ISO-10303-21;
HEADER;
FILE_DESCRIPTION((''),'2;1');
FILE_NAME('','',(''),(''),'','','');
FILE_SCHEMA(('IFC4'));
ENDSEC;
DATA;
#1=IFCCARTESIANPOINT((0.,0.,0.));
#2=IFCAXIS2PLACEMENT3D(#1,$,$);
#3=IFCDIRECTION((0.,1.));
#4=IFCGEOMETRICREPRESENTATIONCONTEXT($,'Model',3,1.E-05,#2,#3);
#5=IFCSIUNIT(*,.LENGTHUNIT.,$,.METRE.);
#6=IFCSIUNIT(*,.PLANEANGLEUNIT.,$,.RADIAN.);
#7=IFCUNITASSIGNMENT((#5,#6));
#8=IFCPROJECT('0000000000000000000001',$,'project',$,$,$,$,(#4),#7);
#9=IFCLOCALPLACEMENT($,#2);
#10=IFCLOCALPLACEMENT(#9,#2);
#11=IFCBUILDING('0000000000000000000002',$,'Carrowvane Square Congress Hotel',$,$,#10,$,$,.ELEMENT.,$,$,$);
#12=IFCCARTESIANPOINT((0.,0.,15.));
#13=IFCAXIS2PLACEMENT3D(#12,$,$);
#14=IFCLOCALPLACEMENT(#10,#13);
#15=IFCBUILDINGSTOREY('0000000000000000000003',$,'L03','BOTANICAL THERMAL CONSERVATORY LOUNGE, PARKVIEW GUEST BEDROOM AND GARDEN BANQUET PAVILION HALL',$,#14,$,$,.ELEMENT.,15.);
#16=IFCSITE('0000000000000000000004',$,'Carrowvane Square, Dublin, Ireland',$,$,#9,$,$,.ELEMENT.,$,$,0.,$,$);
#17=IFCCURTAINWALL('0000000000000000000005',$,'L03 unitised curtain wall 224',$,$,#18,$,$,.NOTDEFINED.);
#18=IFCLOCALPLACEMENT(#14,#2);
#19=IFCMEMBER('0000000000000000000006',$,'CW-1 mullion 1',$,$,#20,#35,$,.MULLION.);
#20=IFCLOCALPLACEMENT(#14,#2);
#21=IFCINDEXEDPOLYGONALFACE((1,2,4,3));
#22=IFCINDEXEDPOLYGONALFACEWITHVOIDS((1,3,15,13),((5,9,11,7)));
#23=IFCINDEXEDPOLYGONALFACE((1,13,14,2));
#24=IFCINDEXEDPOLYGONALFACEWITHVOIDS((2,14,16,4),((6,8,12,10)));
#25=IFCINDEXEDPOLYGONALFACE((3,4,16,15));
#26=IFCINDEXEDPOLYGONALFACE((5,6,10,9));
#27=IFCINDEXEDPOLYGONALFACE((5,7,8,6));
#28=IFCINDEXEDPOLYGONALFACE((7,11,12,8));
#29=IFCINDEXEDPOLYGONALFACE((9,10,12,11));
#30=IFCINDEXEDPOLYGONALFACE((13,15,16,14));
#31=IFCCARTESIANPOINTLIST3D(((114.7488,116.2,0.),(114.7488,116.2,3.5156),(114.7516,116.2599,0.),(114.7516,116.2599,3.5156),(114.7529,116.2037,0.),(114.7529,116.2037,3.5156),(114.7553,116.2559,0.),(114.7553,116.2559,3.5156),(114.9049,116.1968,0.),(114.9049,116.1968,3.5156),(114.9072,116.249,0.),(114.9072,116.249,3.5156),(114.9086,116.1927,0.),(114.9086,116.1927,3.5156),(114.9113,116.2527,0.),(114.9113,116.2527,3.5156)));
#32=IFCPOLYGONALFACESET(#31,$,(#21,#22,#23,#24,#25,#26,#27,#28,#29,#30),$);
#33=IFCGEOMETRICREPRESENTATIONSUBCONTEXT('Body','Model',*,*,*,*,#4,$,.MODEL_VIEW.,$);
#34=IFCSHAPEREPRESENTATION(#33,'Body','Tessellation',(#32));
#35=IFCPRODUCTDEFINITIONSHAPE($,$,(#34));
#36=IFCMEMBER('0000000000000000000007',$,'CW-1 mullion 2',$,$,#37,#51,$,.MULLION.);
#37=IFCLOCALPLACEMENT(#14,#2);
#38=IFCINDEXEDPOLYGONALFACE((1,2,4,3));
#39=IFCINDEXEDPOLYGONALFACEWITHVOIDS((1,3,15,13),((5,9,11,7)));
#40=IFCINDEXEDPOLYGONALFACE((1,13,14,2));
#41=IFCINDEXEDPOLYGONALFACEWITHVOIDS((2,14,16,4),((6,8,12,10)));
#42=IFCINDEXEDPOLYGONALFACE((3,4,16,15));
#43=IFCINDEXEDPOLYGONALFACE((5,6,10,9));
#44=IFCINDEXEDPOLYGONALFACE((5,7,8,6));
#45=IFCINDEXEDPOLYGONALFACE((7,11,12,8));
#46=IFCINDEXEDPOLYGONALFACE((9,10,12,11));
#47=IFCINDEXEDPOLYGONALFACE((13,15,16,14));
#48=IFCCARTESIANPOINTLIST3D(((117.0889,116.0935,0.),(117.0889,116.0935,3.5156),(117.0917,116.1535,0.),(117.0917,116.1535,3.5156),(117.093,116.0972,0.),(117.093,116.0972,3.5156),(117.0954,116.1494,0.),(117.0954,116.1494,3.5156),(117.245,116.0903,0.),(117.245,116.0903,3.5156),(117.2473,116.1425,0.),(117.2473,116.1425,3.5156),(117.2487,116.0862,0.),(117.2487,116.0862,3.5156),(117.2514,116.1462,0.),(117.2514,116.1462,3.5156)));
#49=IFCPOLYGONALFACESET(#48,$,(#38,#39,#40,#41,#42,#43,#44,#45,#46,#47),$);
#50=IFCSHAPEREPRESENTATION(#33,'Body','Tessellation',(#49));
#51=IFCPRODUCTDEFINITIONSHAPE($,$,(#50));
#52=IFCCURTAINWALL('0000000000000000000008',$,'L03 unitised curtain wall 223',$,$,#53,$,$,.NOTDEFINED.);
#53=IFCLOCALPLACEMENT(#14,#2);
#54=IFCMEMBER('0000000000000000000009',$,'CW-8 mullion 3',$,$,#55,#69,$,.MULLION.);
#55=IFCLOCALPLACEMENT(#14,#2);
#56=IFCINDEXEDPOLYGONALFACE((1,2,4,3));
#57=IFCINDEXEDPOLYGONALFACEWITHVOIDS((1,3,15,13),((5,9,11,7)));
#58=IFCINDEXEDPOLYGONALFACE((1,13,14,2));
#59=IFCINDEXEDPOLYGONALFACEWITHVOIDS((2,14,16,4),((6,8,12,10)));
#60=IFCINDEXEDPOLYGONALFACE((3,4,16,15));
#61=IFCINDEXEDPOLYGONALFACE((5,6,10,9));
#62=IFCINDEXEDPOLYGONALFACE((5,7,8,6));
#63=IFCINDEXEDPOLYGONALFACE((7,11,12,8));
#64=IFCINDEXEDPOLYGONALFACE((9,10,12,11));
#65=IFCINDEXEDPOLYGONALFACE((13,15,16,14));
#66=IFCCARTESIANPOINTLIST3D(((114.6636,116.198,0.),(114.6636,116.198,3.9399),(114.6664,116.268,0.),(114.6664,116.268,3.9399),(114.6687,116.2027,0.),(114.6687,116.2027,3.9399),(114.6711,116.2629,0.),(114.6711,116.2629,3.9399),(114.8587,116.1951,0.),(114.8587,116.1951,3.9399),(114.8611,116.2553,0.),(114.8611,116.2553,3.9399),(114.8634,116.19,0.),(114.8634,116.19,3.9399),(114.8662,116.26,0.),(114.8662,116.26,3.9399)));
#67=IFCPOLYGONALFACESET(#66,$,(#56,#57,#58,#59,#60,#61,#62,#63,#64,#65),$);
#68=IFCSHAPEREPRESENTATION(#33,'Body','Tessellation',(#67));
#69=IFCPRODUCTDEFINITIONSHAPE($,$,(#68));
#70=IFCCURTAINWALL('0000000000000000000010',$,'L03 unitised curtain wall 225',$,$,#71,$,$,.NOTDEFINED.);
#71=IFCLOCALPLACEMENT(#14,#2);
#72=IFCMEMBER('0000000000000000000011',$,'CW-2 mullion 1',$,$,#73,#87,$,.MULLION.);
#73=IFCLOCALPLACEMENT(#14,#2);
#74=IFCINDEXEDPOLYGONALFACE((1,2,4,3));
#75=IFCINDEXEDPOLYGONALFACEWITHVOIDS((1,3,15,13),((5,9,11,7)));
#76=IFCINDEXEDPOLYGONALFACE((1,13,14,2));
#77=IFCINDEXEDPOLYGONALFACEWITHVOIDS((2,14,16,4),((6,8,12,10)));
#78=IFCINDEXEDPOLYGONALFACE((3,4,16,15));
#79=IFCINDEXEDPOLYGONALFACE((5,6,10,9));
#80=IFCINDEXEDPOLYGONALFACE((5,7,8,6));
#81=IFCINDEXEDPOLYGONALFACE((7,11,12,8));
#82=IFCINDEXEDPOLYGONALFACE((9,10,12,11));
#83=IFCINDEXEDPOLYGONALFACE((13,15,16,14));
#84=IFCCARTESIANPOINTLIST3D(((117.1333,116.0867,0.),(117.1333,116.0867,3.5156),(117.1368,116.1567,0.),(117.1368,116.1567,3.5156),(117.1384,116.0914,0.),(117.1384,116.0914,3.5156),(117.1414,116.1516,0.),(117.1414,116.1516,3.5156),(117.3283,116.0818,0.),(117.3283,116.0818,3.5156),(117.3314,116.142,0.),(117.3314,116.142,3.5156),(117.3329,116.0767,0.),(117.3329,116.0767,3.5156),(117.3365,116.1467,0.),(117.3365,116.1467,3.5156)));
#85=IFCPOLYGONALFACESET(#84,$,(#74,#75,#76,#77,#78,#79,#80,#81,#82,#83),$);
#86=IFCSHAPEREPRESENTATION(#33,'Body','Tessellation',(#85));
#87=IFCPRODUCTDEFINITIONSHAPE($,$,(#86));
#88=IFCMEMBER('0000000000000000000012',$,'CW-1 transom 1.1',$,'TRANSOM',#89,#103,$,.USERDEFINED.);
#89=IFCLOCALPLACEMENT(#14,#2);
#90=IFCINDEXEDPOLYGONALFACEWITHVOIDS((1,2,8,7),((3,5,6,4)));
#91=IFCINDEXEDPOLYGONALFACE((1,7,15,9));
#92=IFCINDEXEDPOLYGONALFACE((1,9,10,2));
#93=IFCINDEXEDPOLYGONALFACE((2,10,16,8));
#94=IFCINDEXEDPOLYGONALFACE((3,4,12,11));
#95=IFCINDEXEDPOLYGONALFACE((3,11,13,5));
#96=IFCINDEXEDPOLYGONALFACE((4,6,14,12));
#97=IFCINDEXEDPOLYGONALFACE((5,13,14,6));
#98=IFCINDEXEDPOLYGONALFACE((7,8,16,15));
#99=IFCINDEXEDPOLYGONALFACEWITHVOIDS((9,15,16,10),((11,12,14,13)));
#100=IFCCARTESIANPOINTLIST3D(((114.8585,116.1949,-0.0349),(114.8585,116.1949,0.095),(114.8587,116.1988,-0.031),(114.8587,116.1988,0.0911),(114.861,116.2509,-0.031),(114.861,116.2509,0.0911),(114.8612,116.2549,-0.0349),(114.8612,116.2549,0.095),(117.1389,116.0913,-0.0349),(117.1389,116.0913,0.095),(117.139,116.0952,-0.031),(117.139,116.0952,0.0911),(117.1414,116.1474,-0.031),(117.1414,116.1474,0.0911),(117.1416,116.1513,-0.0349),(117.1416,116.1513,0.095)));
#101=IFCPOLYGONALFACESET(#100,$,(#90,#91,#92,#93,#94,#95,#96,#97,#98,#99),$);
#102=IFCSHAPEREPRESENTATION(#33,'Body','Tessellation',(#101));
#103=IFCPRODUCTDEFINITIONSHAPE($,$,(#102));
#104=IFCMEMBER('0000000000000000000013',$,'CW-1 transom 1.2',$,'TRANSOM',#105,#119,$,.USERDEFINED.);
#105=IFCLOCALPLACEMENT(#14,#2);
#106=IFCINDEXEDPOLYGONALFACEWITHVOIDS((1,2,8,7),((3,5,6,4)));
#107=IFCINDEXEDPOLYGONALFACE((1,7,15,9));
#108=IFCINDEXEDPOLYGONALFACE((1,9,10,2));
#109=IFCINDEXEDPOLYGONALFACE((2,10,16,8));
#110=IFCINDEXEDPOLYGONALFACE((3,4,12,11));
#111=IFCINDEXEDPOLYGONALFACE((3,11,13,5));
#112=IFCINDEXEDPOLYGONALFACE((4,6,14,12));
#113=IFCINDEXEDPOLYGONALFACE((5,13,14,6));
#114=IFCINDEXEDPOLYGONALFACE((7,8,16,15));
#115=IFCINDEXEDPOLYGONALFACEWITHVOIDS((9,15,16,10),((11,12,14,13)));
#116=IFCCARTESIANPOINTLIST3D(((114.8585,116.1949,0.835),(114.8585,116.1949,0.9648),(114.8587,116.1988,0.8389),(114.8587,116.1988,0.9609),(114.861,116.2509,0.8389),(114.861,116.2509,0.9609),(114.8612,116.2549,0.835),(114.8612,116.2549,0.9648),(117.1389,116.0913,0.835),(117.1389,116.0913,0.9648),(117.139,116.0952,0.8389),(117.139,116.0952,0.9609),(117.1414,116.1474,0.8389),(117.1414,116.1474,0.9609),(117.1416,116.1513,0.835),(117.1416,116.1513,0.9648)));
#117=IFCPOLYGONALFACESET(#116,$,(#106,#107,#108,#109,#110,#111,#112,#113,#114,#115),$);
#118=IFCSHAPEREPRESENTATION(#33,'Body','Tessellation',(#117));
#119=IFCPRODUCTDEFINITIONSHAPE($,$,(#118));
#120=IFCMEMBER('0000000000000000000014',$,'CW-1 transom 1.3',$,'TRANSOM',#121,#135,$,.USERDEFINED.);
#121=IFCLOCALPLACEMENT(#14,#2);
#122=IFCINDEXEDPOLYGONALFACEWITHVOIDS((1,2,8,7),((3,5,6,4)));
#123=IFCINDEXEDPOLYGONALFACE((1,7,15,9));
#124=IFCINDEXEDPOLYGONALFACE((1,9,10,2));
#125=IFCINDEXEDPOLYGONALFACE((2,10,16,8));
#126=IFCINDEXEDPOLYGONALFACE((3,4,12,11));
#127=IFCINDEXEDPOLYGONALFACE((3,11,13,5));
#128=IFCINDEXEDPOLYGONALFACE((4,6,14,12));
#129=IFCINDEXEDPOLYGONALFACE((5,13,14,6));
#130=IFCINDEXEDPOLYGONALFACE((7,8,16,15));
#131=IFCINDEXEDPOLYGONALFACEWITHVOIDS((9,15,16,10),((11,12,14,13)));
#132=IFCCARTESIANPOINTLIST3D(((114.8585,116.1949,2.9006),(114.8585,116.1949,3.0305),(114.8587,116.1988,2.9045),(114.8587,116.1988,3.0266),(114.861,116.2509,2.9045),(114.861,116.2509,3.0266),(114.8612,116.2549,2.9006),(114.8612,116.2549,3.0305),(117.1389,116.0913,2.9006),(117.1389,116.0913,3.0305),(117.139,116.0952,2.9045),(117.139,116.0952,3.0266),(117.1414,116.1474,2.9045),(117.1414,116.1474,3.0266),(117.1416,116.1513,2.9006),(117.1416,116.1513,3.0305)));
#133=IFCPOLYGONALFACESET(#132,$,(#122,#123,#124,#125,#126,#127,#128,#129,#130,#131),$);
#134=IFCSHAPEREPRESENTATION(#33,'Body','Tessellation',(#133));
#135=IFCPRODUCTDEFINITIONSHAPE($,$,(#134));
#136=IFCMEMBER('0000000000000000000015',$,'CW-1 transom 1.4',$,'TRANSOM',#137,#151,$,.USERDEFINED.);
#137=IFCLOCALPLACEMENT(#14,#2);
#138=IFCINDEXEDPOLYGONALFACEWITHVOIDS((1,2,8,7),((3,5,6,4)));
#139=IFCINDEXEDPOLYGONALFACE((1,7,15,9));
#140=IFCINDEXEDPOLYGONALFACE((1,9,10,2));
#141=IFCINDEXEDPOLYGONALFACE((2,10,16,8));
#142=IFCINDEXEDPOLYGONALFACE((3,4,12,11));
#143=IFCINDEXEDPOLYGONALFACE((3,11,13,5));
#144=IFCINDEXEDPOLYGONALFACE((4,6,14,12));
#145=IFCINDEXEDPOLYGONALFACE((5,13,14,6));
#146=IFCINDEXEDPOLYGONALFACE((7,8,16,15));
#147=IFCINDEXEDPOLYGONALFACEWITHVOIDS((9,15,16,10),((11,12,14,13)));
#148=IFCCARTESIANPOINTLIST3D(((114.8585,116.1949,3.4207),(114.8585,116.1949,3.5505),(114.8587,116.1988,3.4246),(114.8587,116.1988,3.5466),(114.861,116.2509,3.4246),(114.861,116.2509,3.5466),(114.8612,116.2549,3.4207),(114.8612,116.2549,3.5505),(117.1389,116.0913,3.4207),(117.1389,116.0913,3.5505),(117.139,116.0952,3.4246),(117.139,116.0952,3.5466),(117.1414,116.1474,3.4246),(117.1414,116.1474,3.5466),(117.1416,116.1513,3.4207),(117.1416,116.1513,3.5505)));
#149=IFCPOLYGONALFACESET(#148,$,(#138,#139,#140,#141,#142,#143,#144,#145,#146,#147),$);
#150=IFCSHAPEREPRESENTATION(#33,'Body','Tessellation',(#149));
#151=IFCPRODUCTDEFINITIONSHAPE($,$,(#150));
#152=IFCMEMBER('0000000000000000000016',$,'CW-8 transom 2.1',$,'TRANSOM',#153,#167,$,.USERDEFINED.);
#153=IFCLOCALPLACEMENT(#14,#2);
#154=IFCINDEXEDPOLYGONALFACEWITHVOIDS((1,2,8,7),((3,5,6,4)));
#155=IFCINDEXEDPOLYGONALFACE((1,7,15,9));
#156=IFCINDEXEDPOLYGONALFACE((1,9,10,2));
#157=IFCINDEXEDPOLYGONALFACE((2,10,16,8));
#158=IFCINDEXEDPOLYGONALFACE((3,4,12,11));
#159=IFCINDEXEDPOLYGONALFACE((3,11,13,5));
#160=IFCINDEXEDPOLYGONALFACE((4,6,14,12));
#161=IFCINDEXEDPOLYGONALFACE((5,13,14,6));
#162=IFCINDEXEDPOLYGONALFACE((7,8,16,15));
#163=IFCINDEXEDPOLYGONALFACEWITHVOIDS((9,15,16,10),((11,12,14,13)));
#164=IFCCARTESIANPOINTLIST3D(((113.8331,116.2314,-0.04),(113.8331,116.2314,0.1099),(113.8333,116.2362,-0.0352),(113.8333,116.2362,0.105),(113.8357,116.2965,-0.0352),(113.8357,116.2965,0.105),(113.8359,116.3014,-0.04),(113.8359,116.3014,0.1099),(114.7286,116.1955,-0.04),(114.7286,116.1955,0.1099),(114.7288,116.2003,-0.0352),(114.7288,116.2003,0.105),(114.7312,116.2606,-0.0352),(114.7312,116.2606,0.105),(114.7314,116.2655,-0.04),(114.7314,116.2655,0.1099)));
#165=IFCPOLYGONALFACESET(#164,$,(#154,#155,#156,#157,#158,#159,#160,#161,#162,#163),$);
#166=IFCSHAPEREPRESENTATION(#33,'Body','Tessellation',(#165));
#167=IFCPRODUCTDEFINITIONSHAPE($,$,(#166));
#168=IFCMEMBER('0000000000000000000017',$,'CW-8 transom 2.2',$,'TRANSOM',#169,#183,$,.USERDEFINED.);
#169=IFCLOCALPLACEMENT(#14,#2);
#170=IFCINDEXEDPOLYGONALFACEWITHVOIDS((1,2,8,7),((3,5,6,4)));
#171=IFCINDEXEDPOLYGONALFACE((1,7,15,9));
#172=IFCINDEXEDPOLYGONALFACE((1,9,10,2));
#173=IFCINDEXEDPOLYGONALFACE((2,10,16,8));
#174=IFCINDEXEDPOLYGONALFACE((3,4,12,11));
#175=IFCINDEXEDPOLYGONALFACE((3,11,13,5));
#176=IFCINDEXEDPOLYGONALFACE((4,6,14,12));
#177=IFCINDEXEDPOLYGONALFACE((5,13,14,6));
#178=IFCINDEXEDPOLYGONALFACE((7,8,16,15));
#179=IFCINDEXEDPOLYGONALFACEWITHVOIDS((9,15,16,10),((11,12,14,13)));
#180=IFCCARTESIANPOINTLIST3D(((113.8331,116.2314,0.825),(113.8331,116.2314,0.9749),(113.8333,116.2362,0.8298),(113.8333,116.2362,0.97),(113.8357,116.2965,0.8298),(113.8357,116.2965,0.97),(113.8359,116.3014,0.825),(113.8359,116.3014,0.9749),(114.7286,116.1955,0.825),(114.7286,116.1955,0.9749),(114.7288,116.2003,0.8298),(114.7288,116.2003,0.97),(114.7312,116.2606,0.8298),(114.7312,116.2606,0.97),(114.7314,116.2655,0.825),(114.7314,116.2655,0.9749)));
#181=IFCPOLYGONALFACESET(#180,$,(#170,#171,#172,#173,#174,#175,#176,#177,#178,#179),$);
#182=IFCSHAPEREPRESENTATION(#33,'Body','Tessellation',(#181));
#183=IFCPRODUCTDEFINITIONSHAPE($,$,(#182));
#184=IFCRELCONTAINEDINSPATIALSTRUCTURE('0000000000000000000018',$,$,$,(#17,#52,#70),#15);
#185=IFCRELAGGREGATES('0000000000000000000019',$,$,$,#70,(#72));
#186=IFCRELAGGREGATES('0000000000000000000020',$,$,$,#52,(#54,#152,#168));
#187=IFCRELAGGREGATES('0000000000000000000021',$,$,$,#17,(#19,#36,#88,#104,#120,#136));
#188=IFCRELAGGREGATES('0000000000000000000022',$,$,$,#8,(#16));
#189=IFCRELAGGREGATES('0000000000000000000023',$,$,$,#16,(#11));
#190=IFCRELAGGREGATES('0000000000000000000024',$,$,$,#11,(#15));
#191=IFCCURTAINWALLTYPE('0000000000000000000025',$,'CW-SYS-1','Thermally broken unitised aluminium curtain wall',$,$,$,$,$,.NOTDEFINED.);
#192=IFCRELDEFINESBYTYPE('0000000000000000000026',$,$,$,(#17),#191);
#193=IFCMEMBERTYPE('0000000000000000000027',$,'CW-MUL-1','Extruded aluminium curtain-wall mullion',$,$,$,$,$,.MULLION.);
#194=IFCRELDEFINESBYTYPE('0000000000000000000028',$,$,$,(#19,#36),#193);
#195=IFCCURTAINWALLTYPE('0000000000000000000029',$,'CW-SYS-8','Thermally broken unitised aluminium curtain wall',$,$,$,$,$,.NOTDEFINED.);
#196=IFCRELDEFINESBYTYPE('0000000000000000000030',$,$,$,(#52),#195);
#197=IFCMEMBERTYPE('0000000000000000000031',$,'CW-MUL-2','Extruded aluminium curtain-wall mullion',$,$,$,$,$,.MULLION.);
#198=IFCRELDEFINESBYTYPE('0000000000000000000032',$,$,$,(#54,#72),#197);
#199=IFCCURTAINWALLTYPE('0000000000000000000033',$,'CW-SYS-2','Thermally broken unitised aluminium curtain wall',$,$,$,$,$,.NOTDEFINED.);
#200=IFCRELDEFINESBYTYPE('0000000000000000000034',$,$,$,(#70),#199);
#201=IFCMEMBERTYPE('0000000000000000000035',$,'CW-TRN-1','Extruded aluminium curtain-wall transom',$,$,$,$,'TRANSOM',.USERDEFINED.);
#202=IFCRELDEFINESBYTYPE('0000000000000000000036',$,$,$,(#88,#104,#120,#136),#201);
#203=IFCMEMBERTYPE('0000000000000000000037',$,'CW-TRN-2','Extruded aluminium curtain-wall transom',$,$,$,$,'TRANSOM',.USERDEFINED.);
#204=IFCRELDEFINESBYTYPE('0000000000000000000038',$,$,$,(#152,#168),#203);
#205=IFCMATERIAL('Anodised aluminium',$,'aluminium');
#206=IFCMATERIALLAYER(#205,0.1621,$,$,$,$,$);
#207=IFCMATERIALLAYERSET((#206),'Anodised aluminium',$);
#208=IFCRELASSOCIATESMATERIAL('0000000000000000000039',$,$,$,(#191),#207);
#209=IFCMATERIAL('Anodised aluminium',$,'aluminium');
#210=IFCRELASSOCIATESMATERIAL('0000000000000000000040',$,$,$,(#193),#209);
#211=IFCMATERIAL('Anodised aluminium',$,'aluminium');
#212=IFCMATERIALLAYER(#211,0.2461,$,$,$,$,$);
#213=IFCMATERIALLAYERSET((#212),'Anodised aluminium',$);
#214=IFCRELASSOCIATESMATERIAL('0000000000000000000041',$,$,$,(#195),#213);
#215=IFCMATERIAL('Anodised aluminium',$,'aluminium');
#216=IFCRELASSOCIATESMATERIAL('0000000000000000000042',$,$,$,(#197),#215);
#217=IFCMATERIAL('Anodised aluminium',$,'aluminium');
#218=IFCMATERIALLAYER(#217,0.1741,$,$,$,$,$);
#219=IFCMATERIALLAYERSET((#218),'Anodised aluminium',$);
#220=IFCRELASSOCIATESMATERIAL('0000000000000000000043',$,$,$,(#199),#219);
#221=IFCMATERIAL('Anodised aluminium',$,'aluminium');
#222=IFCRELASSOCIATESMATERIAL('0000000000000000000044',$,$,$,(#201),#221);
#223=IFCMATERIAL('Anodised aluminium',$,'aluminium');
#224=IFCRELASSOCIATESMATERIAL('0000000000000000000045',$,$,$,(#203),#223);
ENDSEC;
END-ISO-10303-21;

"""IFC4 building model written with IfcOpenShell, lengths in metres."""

from ifc_helpers import new_model, si_unit, direction, frame, origin, origin_2d, place, context, subcontext, project, spatial, hollow_rectangle, extrude, material, layer, layer_set, material_profile, profile_set, type_object, element, aggregate, save


model = new_model("IFC4")

# Units and contexts
model_context = context("Model", 3, precision=1e-05, world=origin(), true_north=direction((0.0, 1.0)))
body_context = subcontext(model_context, "Body", "Model", "MODEL_VIEW")
ifc_project = project(units=[si_unit("LENGTHUNIT", "METRE"), si_unit("PLANEANGLEUNIT", "RADIAN")], contexts=[model_context])

# Site, building, storey
site_placement = place(None, origin())
site = spatial("IfcSite", under=ifc_project, at=site_placement, Name="Carrowvane Square, Dublin, Ireland", CompositionType="ELEMENT", RefElevation=0.0)
building_placement = place(site_placement, origin())
building = spatial("IfcBuilding", under=site, at=building_placement, Name="Carrowvane Square Congress Hotel", CompositionType="ELEMENT")
storey_placement = place(building_placement, frame((0.0, 0.0, 15.0)))
storey = spatial("IfcBuildingStorey", under=building, at=storey_placement, Name="L03", Description="BOTANICAL THERMAL CONSERVATORY LOUNGE, PARKVIEW GUEST BEDROOM AND GARDEN BANQUET PAVILION HALL", CompositionType="ELEMENT", Elevation=15.0)

# Curtain wall, members
ifc_material_1 = material(Name="Anodised aluminium", Category="aluminium")
ifc_layer_1 = layer(ifc_material_1, 0.1621)
ifc_layer_set_1 = layer_set([ifc_layer_1], Name="Anodised aluminium")
curtain_wall_type_1 = type_object("IfcCurtainWallType", Name="CW-SYS-1", Description="Thermally broken unitised aluminium curtain wall", PredefinedType="NOTDEFINED", material=ifc_layer_set_1)
curtain_wall_1_placement = place(storey_placement, origin())
curtain_wall_1 = element("IfcCurtainWall", 1, at=curtain_wall_1_placement, inside=storey, type_object=curtain_wall_type_1, Name="L03 unitised curtain wall 224", PredefinedType="NOTDEFINED")
ifc_material_2 = material(Name="Anodised aluminium", Category="aluminium")
ifc_material_profile_1 = material_profile(ifc_material_2, hollow_rectangle(XDim=0.0601, YDim=0.1599, WallThickness=0.0039, at=origin_2d()), Name="CW-ML 60x160x4")
ifc_profile_set_1 = profile_set([ifc_material_profile_1], Name="Anodised aluminium")
member_type_1 = type_object("IfcMemberType", Name="CW-MUL-1", Description="Extruded aluminium curtain-wall mullion", PredefinedType="MULLION", material=ifc_profile_set_1)
member_1_placement = place(storey_placement, frame((114.8301, 116.2263, 0.0), z_axis=(0.0, 0.0, 1.0), x_axis=(0.045411, 0.998968, 0.0)))
member_1 = element("IfcMember", 2, at=member_1_placement, type_object=member_type_1, Name="CW-1 mullion 1", PredefinedType="MULLION", context=body_context, shape_type="SweptSolid", body=[
    extrude(hollow_rectangle(XDim=0.0601, YDim=0.1599, WallThickness=0.0039, at=origin_2d()), origin(), (0.0, 0.0, 1.0), 3.5156),
])
member_2_placement = place(storey_placement, frame((117.1702, 116.1199, 0.0), z_axis=(0.0, 0.0, 1.0), x_axis=(0.045411, 0.998968, 0.0)))
member_2 = element("IfcMember", 3, at=member_2_placement, type_object=member_type_1, Name="CW-1 mullion 2", PredefinedType="MULLION", context=body_context, shape_type="SweptSolid", body=[
    extrude(hollow_rectangle(XDim=0.0601, YDim=0.1599, WallThickness=0.0039, at=origin_2d()), origin(), (0.0, 0.0, 1.0), 3.5156),
])

# Curtain walls, members
ifc_material_3 = material(Name="Anodised aluminium", Category="aluminium")
ifc_layer_2 = layer(ifc_material_3, 0.2461)
ifc_layer_set_2 = layer_set([ifc_layer_2], Name="Anodised aluminium")
curtain_wall_type_2 = type_object("IfcCurtainWallType", Name="CW-SYS-8", Description="Thermally broken unitised aluminium curtain wall", PredefinedType="NOTDEFINED", material=ifc_layer_set_2)
curtain_wall_2_placement = place(storey_placement, origin())
curtain_wall_2 = element("IfcCurtainWall", 4, at=curtain_wall_2_placement, inside=storey, type_object=curtain_wall_type_2, Name="L03 unitised curtain wall 223", PredefinedType="NOTDEFINED")
ifc_material_4 = material(Name="Anodised aluminium", Category="aluminium")
ifc_material_profile_2 = material_profile(ifc_material_4, hollow_rectangle(XDim=0.0701, YDim=0.2, WallThickness=0.0049, at=origin_2d()), Name="CW-ML 70x200x5")
ifc_profile_set_2 = profile_set([ifc_material_profile_2], Name="Anodised aluminium")
member_type_2 = type_object("IfcMemberType", Name="CW-MUL-2", Description="Extruded aluminium curtain-wall mullion", PredefinedType="MULLION", material=ifc_profile_set_2)
member_3_placement = place(storey_placement, frame((114.7649, 116.229, 0.0), z_axis=(0.0, 0.0, 1.0), x_axis=(0.040131, 0.999194, 0.0)))
member_3 = element("IfcMember", 5, at=member_3_placement, type_object=member_type_2, Name="CW-8 mullion 3", PredefinedType="MULLION", context=body_context, shape_type="SweptSolid", body=[
    extrude(hollow_rectangle(XDim=0.0701, YDim=0.2, WallThickness=0.0049, at=origin_2d()), origin(), (0.0, 0.0, 1.0), 3.9399),
])
ifc_material_5 = material(Name="Anodised aluminium", Category="aluminium")
ifc_layer_3 = layer(ifc_material_5, 0.1741)
ifc_layer_set_3 = layer_set([ifc_layer_3], Name="Anodised aluminium")
curtain_wall_type_3 = type_object("IfcCurtainWallType", Name="CW-SYS-2", Description="Thermally broken unitised aluminium curtain wall", PredefinedType="NOTDEFINED", material=ifc_layer_set_3)
curtain_wall_3_placement = place(storey_placement, origin())
curtain_wall_3 = element("IfcCurtainWall", 6, at=curtain_wall_3_placement, inside=storey, type_object=curtain_wall_type_3, Name="L03 unitised curtain wall 225", PredefinedType="NOTDEFINED")
member_4_placement = place(storey_placement, frame((117.2349, 116.1167, 0.0), z_axis=(0.0, 0.0, 1.0), x_axis=(0.050324, 0.998733, 0.0)))
member_4 = element("IfcMember", 7, at=member_4_placement, type_object=member_type_2, Name="CW-2 mullion 1", PredefinedType="MULLION", context=body_context, shape_type="SweptSolid", body=[
    extrude(hollow_rectangle(XDim=0.0701, YDim=0.2, WallThickness=0.0049, at=origin_2d()), origin(), (0.0, 0.0, 1.0), 3.5156),
])

# Members
ifc_material_6 = material(Name="Anodised aluminium", Category="aluminium")
ifc_material_profile_3 = material_profile(ifc_material_6, hollow_rectangle(XDim=0.0601, YDim=0.1299, WallThickness=0.0039, at=origin_2d()), Name="CW-TR 60x130x4")
ifc_profile_set_3 = profile_set([ifc_material_profile_3], Name="Anodised aluminium")
member_type_3 = type_object("IfcMemberType", Name="CW-TRN-1", Description="Extruded aluminium curtain-wall transom", ElementType="TRANSOM", PredefinedType="USERDEFINED", material=ifc_profile_set_3)
member_5_placement = place(storey_placement, frame((114.8599, 116.2249, 0.03), z_axis=(0.998971, -0.045349, 0.0), x_axis=(0.045349, 0.998971, 0.0)))
member_5 = element("IfcMember", 8, at=member_5_placement, type_object=member_type_3, Name="CW-1 transom 1.1", ObjectType="TRANSOM", PredefinedType="USERDEFINED", context=body_context, shape_type="SweptSolid", body=[
    extrude(hollow_rectangle(XDim=0.0601, YDim=0.1299, WallThickness=0.0039, at=origin_2d()), origin(), (0.0, 0.0, 1.0), 2.2827),
])
member_6_placement = place(storey_placement, frame((114.8599, 116.2249, 0.8999), z_axis=(0.998971, -0.045349, 0.0), x_axis=(0.045349, 0.998971, 0.0)))
member_6 = element("IfcMember", 9, at=member_6_placement, type_object=member_type_3, Name="CW-1 transom 1.2", ObjectType="TRANSOM", PredefinedType="USERDEFINED", context=body_context, shape_type="SweptSolid", body=[
    extrude(hollow_rectangle(XDim=0.0601, YDim=0.1299, WallThickness=0.0039, at=origin_2d()), origin(), (0.0, 0.0, 1.0), 2.2827),
])
member_7_placement = place(storey_placement, frame((114.8599, 116.2249, 2.9656), z_axis=(0.998971, -0.045349, 0.0), x_axis=(0.045349, 0.998971, 0.0)))
member_7 = element("IfcMember", 10, at=member_7_placement, type_object=member_type_3, Name="CW-1 transom 1.3", ObjectType="TRANSOM", PredefinedType="USERDEFINED", context=body_context, shape_type="SweptSolid", body=[
    extrude(hollow_rectangle(XDim=0.0601, YDim=0.1299, WallThickness=0.0039, at=origin_2d()), origin(), (0.0, 0.0, 1.0), 2.2827),
])
member_8_placement = place(storey_placement, frame((114.8599, 116.2249, 3.4856), z_axis=(0.998971, -0.045349, 0.0), x_axis=(0.045349, 0.998971, 0.0)))
member_8 = element("IfcMember", 11, at=member_8_placement, type_object=member_type_3, Name="CW-1 transom 1.4", ObjectType="TRANSOM", PredefinedType="USERDEFINED", context=body_context, shape_type="SweptSolid", body=[
    extrude(hollow_rectangle(XDim=0.0601, YDim=0.1299, WallThickness=0.0039, at=origin_2d()), origin(), (0.0, 0.0, 1.0), 2.2827),
])
ifc_material_7 = material(Name="Anodised aluminium", Category="aluminium")
ifc_material_profile_4 = material_profile(ifc_material_7, hollow_rectangle(XDim=0.0701, YDim=0.1499, WallThickness=0.0049, at=origin_2d()), Name="CW-TR 70x150x5")
ifc_profile_set_4 = profile_set([ifc_material_profile_4], Name="Anodised aluminium")
member_type_4 = type_object("IfcMemberType", Name="CW-TRN-2", Description="Extruded aluminium curtain-wall transom", ElementType="TRANSOM", PredefinedType="USERDEFINED", material=ifc_profile_set_4)
member_9_placement = place(storey_placement, frame((113.8345, 116.2664, 0.0349), z_axis=(0.999198, -0.040044, 0.0), x_axis=(0.040044, 0.999198, 0.0)))
member_9 = element("IfcMember", 12, at=member_9_placement, type_object=member_type_4, Name="CW-8 transom 2.1", ObjectType="TRANSOM", PredefinedType="USERDEFINED", context=body_context, shape_type="SweptSolid", body=[
    extrude(hollow_rectangle(XDim=0.0701, YDim=0.1499, WallThickness=0.0049, at=origin_2d()), origin(), (0.0, 0.0, 1.0), 0.8962),
])
member_10_placement = place(storey_placement, frame((113.8345, 116.2664, 0.8999), z_axis=(0.999198, -0.040044, 0.0), x_axis=(0.040044, 0.999198, 0.0)))
member_10 = element("IfcMember", 13, at=member_10_placement, type_object=member_type_4, Name="CW-8 transom 2.2", ObjectType="TRANSOM", PredefinedType="USERDEFINED", context=body_context, shape_type="SweptSolid", body=[
    extrude(hollow_rectangle(XDim=0.0701, YDim=0.1499, WallThickness=0.0049, at=origin_2d()), origin(), (0.0, 0.0, 1.0), 0.8962),
])
aggregate(curtain_wall_3, [member_4])

aggregate(curtain_wall_2, [member_3, member_9, member_10])
aggregate(curtain_wall_1, [member_1, member_2, member_5, member_6, member_7, member_8])

save(model, "model.ifc")
